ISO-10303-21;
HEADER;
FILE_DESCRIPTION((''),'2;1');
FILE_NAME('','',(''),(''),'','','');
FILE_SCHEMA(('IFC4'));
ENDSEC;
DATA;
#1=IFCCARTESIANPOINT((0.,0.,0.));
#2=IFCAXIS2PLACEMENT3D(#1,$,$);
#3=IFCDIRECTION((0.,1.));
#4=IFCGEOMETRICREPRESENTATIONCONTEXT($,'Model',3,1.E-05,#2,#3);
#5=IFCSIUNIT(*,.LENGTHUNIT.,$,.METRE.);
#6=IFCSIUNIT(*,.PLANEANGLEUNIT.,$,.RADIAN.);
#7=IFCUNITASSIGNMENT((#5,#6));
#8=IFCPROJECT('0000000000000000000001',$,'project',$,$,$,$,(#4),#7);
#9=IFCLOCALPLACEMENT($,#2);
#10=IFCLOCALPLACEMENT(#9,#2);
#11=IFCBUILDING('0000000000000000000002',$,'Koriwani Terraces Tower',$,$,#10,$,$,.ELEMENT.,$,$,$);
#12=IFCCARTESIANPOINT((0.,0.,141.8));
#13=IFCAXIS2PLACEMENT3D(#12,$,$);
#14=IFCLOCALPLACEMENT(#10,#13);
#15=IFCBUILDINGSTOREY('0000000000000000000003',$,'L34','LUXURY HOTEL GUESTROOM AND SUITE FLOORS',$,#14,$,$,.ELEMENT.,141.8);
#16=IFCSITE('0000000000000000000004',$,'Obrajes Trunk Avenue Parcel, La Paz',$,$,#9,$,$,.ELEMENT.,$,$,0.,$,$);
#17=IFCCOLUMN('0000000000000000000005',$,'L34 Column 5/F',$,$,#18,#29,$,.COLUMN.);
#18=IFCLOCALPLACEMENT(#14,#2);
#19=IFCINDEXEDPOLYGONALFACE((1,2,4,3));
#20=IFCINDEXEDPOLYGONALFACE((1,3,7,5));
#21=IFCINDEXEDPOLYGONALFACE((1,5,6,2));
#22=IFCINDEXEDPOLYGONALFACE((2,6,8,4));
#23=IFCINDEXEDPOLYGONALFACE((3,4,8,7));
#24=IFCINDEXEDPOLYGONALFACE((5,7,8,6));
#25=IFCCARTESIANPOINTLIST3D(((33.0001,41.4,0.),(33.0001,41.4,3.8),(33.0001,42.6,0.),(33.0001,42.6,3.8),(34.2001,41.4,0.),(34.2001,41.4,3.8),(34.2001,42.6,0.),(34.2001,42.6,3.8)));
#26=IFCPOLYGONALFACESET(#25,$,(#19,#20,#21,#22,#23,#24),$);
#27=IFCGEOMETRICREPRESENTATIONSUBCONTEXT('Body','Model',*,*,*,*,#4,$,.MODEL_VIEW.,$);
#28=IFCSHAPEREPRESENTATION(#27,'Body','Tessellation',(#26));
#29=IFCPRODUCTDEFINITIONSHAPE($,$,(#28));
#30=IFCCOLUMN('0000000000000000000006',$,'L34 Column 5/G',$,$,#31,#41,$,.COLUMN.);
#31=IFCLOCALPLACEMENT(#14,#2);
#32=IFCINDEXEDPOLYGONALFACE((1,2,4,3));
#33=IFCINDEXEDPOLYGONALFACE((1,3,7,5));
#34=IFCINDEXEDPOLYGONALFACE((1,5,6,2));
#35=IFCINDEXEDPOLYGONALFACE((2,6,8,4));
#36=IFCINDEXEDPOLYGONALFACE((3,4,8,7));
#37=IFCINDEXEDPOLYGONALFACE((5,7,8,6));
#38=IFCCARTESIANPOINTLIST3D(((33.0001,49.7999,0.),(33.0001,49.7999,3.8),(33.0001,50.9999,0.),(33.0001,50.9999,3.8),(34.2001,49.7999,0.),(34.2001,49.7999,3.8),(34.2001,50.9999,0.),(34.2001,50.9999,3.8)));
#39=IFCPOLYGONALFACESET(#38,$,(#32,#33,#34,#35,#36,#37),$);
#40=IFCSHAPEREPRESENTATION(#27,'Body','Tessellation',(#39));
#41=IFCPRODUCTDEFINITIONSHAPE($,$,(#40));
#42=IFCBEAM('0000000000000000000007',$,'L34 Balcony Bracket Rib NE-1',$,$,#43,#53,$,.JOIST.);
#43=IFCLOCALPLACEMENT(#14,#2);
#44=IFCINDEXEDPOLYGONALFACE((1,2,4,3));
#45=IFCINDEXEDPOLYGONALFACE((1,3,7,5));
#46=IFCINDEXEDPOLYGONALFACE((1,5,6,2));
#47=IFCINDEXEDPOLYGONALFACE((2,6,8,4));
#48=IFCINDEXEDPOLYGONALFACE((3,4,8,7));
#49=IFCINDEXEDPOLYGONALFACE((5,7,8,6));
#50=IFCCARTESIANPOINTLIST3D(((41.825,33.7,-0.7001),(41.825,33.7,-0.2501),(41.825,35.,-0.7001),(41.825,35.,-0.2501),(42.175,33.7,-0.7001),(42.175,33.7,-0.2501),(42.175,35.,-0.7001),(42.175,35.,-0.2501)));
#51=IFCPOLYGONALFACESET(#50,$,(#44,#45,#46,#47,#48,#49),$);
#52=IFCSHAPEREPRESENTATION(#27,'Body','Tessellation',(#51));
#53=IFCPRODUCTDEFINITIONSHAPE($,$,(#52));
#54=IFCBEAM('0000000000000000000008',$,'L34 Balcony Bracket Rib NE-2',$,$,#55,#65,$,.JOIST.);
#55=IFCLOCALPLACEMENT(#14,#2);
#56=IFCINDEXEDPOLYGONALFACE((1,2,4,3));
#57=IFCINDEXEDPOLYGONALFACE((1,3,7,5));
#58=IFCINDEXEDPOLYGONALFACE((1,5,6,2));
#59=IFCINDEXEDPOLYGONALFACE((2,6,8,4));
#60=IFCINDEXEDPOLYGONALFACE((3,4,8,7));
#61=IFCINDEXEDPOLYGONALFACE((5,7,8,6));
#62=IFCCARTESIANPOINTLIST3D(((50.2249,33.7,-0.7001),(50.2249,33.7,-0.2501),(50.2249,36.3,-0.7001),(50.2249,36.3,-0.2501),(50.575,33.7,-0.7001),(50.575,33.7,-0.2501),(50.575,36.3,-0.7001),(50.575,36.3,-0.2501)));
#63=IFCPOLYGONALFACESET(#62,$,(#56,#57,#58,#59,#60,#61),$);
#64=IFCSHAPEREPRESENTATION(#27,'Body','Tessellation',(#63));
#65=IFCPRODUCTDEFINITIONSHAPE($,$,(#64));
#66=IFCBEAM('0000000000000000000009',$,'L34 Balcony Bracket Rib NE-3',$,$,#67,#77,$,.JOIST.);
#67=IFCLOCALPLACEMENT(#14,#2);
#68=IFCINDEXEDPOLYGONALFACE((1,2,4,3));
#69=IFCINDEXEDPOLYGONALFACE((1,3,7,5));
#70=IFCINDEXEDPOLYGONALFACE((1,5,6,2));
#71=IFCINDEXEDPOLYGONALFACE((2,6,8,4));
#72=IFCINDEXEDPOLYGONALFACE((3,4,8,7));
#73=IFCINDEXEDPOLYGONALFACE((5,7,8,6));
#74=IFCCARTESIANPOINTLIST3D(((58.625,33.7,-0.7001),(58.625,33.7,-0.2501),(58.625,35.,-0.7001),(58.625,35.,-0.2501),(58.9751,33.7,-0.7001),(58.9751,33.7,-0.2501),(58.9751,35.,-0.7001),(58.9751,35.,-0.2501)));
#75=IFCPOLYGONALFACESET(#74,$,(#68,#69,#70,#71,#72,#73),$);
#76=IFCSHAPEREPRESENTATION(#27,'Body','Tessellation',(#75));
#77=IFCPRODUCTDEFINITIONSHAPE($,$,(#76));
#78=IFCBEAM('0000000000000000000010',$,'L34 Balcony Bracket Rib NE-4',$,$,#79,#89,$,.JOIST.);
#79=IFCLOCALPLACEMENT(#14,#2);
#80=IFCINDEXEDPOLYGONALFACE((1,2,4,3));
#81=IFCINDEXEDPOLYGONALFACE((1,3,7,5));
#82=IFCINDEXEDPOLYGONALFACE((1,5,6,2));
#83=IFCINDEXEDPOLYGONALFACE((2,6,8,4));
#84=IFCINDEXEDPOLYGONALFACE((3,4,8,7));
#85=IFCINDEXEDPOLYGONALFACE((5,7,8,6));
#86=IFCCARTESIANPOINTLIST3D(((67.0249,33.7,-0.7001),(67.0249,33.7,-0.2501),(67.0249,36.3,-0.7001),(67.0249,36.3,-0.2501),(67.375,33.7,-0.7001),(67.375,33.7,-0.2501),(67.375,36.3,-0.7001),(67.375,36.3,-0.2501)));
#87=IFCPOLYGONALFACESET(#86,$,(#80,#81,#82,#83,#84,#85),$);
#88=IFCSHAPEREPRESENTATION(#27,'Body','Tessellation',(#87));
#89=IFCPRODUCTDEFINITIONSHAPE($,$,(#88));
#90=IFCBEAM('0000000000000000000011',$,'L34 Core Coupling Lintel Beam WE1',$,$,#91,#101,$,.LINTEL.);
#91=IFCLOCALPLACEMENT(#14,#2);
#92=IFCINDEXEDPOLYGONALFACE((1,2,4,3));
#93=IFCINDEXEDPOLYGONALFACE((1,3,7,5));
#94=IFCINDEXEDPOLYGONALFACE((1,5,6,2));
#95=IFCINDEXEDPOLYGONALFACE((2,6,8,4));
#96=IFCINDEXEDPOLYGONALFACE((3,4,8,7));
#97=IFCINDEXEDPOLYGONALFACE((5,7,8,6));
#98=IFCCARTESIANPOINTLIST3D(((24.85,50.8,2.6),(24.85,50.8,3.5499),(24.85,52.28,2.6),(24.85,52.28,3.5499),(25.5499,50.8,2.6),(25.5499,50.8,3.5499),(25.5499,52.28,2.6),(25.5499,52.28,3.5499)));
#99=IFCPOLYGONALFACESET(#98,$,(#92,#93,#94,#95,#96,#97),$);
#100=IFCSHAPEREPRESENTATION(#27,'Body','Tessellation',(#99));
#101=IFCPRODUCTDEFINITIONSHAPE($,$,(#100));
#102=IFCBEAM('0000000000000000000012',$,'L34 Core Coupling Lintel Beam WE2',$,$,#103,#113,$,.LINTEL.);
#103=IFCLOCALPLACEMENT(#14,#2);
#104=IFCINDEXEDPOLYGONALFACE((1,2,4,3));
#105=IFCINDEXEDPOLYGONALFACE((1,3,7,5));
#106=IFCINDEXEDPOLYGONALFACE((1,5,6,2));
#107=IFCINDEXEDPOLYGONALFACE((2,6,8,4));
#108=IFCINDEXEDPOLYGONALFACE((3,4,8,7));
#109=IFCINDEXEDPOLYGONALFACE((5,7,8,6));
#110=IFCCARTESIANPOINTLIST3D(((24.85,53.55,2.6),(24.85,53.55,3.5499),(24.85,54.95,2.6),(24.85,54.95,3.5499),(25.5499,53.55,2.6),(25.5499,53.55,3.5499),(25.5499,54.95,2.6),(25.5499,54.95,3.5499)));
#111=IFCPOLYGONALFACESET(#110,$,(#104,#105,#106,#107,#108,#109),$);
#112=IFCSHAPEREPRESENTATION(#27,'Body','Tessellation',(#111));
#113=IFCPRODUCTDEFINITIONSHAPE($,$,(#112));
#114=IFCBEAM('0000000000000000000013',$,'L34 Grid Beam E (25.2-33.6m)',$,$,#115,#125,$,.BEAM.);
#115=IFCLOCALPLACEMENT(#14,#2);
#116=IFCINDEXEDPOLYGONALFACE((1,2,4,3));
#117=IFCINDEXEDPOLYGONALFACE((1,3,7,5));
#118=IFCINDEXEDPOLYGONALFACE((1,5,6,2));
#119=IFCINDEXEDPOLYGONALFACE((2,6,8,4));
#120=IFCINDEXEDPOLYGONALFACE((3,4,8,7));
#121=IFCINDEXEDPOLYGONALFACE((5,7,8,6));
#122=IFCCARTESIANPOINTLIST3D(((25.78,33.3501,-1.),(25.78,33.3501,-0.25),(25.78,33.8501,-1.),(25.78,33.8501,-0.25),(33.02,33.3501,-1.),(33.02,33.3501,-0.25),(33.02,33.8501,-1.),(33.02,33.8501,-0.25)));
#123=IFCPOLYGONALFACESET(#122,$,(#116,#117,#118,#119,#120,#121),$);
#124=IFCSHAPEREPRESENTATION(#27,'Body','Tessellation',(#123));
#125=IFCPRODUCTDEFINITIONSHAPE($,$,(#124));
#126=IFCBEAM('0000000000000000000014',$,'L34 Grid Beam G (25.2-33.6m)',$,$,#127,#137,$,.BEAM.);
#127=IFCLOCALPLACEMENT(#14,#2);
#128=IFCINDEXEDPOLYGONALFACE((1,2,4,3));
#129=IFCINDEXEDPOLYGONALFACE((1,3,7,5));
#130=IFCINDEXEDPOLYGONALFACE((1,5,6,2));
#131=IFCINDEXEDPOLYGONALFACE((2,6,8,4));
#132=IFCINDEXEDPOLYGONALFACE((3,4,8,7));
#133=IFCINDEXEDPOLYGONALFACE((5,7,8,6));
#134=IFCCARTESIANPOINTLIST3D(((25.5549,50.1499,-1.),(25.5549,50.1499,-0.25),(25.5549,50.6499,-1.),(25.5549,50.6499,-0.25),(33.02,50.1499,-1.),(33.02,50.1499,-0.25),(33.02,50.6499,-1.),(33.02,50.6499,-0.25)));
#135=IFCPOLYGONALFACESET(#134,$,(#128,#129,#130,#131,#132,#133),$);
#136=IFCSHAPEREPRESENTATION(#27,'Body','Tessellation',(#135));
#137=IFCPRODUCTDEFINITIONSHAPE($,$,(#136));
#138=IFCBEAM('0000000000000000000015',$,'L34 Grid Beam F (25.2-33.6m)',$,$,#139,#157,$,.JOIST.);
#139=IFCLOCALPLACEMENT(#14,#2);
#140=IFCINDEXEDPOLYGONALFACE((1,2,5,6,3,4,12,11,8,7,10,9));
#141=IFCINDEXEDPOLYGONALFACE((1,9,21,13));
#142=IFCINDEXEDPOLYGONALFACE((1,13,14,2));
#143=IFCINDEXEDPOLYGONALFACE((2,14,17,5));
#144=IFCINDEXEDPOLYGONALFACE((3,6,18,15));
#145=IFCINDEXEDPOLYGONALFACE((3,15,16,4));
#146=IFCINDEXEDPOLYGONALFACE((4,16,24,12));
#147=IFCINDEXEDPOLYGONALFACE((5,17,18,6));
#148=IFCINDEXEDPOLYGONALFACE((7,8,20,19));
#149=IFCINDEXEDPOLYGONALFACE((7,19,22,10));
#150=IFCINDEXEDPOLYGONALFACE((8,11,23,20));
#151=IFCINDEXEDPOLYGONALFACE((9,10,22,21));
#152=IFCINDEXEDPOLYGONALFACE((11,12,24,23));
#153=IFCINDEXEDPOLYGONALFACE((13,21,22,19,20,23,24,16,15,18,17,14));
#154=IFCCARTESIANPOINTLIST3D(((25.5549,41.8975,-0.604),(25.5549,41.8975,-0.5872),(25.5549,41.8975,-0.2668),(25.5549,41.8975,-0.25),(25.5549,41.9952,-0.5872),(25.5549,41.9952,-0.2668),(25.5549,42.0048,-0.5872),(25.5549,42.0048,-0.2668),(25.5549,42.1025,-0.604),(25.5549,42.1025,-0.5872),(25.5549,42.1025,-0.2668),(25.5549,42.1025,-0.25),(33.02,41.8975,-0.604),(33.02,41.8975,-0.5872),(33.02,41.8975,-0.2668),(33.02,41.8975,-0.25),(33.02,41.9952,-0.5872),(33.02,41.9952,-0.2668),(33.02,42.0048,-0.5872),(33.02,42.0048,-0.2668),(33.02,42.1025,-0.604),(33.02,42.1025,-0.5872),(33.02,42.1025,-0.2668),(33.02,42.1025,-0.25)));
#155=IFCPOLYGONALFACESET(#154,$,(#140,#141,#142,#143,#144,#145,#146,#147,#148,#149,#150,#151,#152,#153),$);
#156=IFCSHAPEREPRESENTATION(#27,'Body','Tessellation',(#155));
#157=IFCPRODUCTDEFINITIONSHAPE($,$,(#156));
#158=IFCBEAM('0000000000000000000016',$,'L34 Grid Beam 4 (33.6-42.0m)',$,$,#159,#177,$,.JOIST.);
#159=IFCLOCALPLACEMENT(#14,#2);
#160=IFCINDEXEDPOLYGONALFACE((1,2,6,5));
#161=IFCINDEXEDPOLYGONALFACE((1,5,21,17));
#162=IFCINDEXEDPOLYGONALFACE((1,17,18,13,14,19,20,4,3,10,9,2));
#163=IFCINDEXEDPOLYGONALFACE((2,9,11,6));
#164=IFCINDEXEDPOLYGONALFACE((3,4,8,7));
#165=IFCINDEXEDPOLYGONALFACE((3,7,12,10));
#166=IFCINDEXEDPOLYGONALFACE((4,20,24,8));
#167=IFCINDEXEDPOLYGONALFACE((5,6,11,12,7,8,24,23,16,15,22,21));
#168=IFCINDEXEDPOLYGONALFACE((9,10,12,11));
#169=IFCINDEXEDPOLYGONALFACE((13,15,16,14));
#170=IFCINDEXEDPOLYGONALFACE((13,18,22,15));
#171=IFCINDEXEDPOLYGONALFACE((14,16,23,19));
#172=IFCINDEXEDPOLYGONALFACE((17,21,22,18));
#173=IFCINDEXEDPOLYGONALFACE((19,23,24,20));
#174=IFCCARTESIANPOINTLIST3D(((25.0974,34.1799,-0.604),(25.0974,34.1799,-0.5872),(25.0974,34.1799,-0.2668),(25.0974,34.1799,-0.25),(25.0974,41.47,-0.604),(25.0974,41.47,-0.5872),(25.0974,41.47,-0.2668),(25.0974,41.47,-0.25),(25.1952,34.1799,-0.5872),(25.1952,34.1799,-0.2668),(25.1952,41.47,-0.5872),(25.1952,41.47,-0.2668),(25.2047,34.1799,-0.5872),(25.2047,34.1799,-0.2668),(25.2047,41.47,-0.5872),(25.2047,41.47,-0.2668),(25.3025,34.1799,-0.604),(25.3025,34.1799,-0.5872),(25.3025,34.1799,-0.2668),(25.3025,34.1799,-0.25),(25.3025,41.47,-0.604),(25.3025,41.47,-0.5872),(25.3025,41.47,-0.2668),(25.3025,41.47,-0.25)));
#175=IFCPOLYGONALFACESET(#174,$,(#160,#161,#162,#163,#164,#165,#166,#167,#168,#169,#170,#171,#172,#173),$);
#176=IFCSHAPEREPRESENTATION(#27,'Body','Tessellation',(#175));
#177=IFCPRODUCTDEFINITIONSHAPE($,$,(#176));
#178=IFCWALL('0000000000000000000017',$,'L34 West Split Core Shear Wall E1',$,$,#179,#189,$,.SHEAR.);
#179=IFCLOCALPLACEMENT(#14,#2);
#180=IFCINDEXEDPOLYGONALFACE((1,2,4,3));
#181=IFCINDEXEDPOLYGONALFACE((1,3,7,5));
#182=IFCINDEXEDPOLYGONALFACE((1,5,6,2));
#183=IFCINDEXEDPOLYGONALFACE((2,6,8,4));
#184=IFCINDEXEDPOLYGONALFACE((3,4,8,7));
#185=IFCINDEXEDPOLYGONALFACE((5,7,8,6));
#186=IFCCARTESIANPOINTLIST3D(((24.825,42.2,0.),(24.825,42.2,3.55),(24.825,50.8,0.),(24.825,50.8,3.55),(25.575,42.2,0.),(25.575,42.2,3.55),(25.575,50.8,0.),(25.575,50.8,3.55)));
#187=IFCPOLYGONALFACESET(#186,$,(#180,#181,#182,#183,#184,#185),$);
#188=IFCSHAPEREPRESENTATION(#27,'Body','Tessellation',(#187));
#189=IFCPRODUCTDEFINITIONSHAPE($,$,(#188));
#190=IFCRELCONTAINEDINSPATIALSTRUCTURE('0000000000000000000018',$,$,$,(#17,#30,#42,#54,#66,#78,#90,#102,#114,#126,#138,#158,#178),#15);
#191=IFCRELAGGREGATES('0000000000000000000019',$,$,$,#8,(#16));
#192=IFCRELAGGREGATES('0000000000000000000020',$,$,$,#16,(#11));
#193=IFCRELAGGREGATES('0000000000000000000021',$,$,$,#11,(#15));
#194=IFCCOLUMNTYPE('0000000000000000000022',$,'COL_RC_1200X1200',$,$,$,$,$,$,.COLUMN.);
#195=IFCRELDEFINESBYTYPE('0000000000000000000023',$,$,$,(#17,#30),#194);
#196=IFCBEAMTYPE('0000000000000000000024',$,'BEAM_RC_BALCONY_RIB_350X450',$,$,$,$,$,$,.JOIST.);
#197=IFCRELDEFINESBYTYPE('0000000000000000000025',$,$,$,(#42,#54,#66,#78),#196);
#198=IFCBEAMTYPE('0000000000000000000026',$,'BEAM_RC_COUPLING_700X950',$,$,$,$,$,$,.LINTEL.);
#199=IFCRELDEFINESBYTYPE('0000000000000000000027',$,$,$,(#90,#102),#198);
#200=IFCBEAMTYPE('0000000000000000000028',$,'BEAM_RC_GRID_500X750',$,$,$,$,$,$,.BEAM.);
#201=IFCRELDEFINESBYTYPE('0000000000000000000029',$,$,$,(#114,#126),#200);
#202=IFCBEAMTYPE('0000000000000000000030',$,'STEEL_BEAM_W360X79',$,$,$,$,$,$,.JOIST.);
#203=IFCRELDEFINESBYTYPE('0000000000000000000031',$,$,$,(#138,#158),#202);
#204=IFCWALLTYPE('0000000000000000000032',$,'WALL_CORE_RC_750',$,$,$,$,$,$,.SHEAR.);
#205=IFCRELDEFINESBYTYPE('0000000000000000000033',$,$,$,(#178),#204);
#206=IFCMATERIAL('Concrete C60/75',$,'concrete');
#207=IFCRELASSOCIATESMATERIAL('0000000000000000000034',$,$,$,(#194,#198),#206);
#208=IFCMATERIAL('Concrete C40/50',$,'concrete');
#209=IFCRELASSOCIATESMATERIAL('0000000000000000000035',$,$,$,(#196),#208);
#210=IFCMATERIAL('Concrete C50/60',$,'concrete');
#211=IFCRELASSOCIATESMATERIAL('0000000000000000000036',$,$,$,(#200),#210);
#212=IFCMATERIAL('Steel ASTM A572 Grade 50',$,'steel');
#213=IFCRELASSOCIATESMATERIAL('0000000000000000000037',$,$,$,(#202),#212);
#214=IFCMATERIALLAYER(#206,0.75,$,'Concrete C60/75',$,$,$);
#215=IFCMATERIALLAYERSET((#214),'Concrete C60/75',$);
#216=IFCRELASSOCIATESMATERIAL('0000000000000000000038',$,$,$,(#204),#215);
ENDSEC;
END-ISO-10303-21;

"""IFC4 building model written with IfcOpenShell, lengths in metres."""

from ifc_helpers import new_model, si_unit, direction, frame, frame_2d, origin, origin_2d, place, context, subcontext, project, spatial, rectangle, i_section, extrude, material, layer, layer_set, material_profile, profile_set, type_object, element, save


model = new_model("IFC4")

# Units and contexts
model_context = context("Model", 3, precision=1e-05, world=origin(), true_north=direction((0.0, 1.0)))
body_context = subcontext(model_context, "Body", "Model", "MODEL_VIEW")
ifc_project = project(units=[si_unit("LENGTHUNIT", "METRE"), si_unit("PLANEANGLEUNIT", "RADIAN")], contexts=[model_context])

# Site, building, storey
site_placement = place(None, origin())
site = spatial("IfcSite", under=ifc_project, at=site_placement, Name="Obrajes Trunk Avenue Parcel, La Paz", CompositionType="ELEMENT", RefElevation=0.0)
building_placement = place(site_placement, origin())
building = spatial("IfcBuilding", under=site, at=building_placement, Name="Koriwani Terraces Tower", CompositionType="ELEMENT")
storey_placement = place(building_placement, frame((0.0, 0.0, 141.8)))
storey = spatial("IfcBuildingStorey", under=building, at=storey_placement, Name="L34", Description="LUXURY HOTEL GUESTROOM AND SUITE FLOORS", CompositionType="ELEMENT", Elevation=141.8)

# Columns
ifc_material_1 = material(Name="Concrete C60/75", Category="concrete")
ifc_material_profile_1 = material_profile(ifc_material_1, rectangle(XDim=1.2, YDim=1.2, at=origin_2d()), Name="Concrete C60/75", Category="LoadBearing")
ifc_profile_set_1 = profile_set([ifc_material_profile_1], Name="Concrete C60/75")
column_type = type_object("IfcColumnType", Name="COL_RC_1200X1200", PredefinedType="COLUMN", material=ifc_profile_set_1)
for number, where, z_axis, x_axis, name in (
    (1, (33.6001, 42.0, 0.0), (0.0, 0.0, 1.0), (1.0, 0.0, 0.0), "L34 Column 5/F"),
    (2, (33.6001, 50.3999, 0.0), (0.0, 0.0, 1.0), (1.0, 0.0, 0.0), "L34 Column 5/G"),
):
    element("IfcColumn", number, at=place(storey_placement, frame(where, z_axis=z_axis, x_axis=x_axis)), inside=storey, type_object=column_type, Name=name, PredefinedType="COLUMN", context=body_context, shape_type="SweptSolid", body=[
        extrude(rectangle(XDim=1.2, YDim=1.2, at=origin_2d()), origin(), (0.0, 0.0, 1.0), 3.8),
    ])

# Beams
ifc_material_2 = material(Name="Concrete C40/50", Category="concrete")
ifc_material_profile_2 = material_profile(ifc_material_2, rectangle(XDim=0.3501, YDim=0.45, at=origin_2d()), Name="Concrete C40/50", Category="LoadBearing")
ifc_profile_set_2 = profile_set([ifc_material_profile_2], Name="Concrete C40/50")
beam_type_1 = type_object("IfcBeamType", Name="BEAM_RC_BALCONY_RIB_350X450", PredefinedType="JOIST", material=ifc_profile_set_2)
beam_1_placement = place(storey_placement, frame((42.0, 33.7, -0.4751), z_axis=(0.0, 1.0, 0.0), x_axis=(-1.0, 0.0, 0.0)))
element("IfcBeam", 3, at=beam_1_placement, inside=storey, type_object=beam_type_1, Name="L34 Balcony Bracket Rib NE-1", PredefinedType="JOIST", context=body_context, shape_type="SweptSolid", body=[
    extrude(rectangle(XDim=0.3501, YDim=0.45, at=origin_2d()), origin(), (0.0, 0.0, 1.0), 1.3),
])
beam_2_placement = place(storey_placement, frame((50.3999, 33.7, -0.4751), z_axis=(0.0, 1.0, 0.0), x_axis=(-1.0, 0.0, 0.0)))
element("IfcBeam", 4, at=beam_2_placement, inside=storey, type_object=beam_type_1, Name="L34 Balcony Bracket Rib NE-2", PredefinedType="JOIST", context=body_context, shape_type="SweptSolid", body=[
    extrude(rectangle(XDim=0.3501, YDim=0.45, at=origin_2d()), origin(), (0.0, 0.0, 1.0), 2.6001),
])
beam_3_placement = place(storey_placement, frame((58.8, 33.7, -0.4751), z_axis=(0.0, 1.0, 0.0), x_axis=(-1.0, 0.0, 0.0)))
element("IfcBeam", 5, at=beam_3_placement, inside=storey, type_object=beam_type_1, Name="L34 Balcony Bracket Rib NE-3", PredefinedType="JOIST", context=body_context, shape_type="SweptSolid", body=[
    extrude(rectangle(XDim=0.3501, YDim=0.45, at=origin_2d()), origin(), (0.0, 0.0, 1.0), 1.3),
])
beam_4_placement = place(storey_placement, frame((67.2, 33.7, -0.4751), z_axis=(0.0, 1.0, 0.0), x_axis=(-1.0, 0.0, 0.0)))
element("IfcBeam", 6, at=beam_4_placement, inside=storey, type_object=beam_type_1, Name="L34 Balcony Bracket Rib NE-4", PredefinedType="JOIST", context=body_context, shape_type="SweptSolid", body=[
    extrude(rectangle(XDim=0.3501, YDim=0.45, at=origin_2d()), origin(), (0.0, 0.0, 1.0), 2.6001),
])
ifc_material_profile_3 = material_profile(ifc_material_1, rectangle(XDim=0.7, YDim=0.95, at=origin_2d()), Name="Concrete C60/75", Category="LoadBearing")
ifc_profile_set_3 = profile_set([ifc_material_profile_3], Name="Concrete C60/75")
beam_type_2 = type_object("IfcBeamType", Name="BEAM_RC_COUPLING_700X950", PredefinedType="LINTEL", material=ifc_profile_set_3)
beam_5_placement = place(storey_placement, frame((25.2, 50.8, 3.075), z_axis=(0.0, 1.0, 0.0), x_axis=(-1.0, 0.0, 0.0)))
element("IfcBeam", 7, at=beam_5_placement, inside=storey, type_object=beam_type_2, Name="L34 Core Coupling Lintel Beam WE1", PredefinedType="LINTEL", context=body_context, shape_type="SweptSolid", body=[
    extrude(rectangle(XDim=0.7, YDim=0.95, at=origin_2d()), origin(), (0.0, 0.0, 1.0), 1.48),
])
beam_6_placement = place(storey_placement, frame((25.2, 53.55, 3.075), z_axis=(0.0, 1.0, 0.0), x_axis=(-1.0, 0.0, 0.0)))
element("IfcBeam", 8, at=beam_6_placement, inside=storey, type_object=beam_type_2, Name="L34 Core Coupling Lintel Beam WE2", PredefinedType="LINTEL", context=body_context, shape_type="SweptSolid", body=[
    extrude(rectangle(XDim=0.7, YDim=0.95, at=origin_2d()), origin(), (0.0, 0.0, 1.0), 1.3999),
])
ifc_material_3 = material(Name="Concrete C50/60", Category="concrete")
ifc_material_profile_4 = material_profile(ifc_material_3, rectangle(XDim=0.5, YDim=0.75, at=origin_2d()), Name="Concrete C50/60", Category="LoadBearing")
ifc_profile_set_4 = profile_set([ifc_material_profile_4], Name="Concrete C50/60")
beam_type_3 = type_object("IfcBeamType", Name="BEAM_RC_GRID_500X750", PredefinedType="BEAM", material=ifc_profile_set_4)
beam_7_placement = place(storey_placement, frame((25.78, 33.6001, -0.625), z_axis=(1.0, 0.0, 0.0), x_axis=(0.0, 1.0, 0.0)))
element("IfcBeam", 9, at=beam_7_placement, inside=storey, type_object=beam_type_3, Name="L34 Grid Beam E (25.2-33.6m)", PredefinedType="BEAM", context=body_context, shape_type="SweptSolid", body=[
    extrude(rectangle(XDim=0.5, YDim=0.75, at=origin_2d()), origin(), (0.0, 0.0, 1.0), 7.24),
])
beam_8_placement = place(storey_placement, frame((25.5549, 50.3999, -0.625), z_axis=(1.0, 0.0, 0.0), x_axis=(0.0, 1.0, 0.0)))
element("IfcBeam", 10, at=beam_8_placement, inside=storey, type_object=beam_type_3, Name="L34 Grid Beam G (25.2-33.6m)", PredefinedType="BEAM", context=body_context, shape_type="SweptSolid", body=[
    extrude(rectangle(XDim=0.5, YDim=0.75, at=origin_2d()), origin(), (0.0, 0.0, 1.0), 7.4651),
])
ifc_material_4 = material(Name="Steel ASTM A572 Grade 50", Category="steel")
ifc_material_profile_5 = material_profile(ifc_material_4, i_section(OverallWidth=0.2051, OverallDepth=0.354, WebThickness=0.0095, FlangeThickness=0.0168, at=origin_2d()), Name="Steel ASTM A572 Grade 50", Category="LoadBearing")
ifc_profile_set_5 = profile_set([ifc_material_profile_5], Name="Steel ASTM A572 Grade 50")
beam_type_4 = type_object("IfcBeamType", Name="STEEL_BEAM_W360X79", PredefinedType="JOIST", material=ifc_profile_set_5)
beam_9_placement = place(storey_placement, frame((25.5549, 42.0, -0.427), z_axis=(1.0, 0.0, 0.0), x_axis=(0.0, 1.0, 0.0)))
element("IfcBeam", 11, at=beam_9_placement, inside=storey, type_object=beam_type_4, Name="L34 Grid Beam F (25.2-33.6m)", PredefinedType="JOIST", context=body_context, shape_type="SweptSolid", body=[
    extrude(i_section(OverallWidth=0.2051, OverallDepth=0.354, WebThickness=0.0095, FlangeThickness=0.0168, at=origin_2d()), origin(), (0.0, 0.0, 1.0), 7.4651),
])
beam_10_placement = place(storey_placement, frame((25.2, 34.1799, -0.427), z_axis=(0.0, 1.0, 0.0), x_axis=(-1.0, 0.0, 0.0)))
element("IfcBeam", 12, at=beam_10_placement, inside=storey, type_object=beam_type_4, Name="L34 Grid Beam 4 (33.6-42.0m)", PredefinedType="JOIST", context=body_context, shape_type="SweptSolid", body=[
    extrude(i_section(OverallWidth=0.2051, OverallDepth=0.354, WebThickness=0.0095, FlangeThickness=0.0168, at=origin_2d()), origin(), (0.0, 0.0, 1.0), 7.29),
])

# Wall
ifc_layer_1 = layer(ifc_material_1, 0.75, Name="Concrete C60/75")
ifc_layer_set_1 = layer_set([ifc_layer_1], Name="Concrete C60/75")
wall_type_1 = type_object("IfcWallType", Name="WALL_CORE_RC_750", PredefinedType="SHEAR", material=ifc_layer_set_1)
wall_1_placement = place(storey_placement, frame((25.2, 42.2, 0.0), z_axis=(0.0, 0.0, 1.0), x_axis=(0.0, 1.0, 0.0)))
element("IfcWall", 13, at=wall_1_placement, inside=storey, type_object=wall_type_1, Name="L34 West Split Core Shear Wall E1", PredefinedType="SHEAR", context=body_context, shape_type="SweptSolid", body=[
    extrude(rectangle(XDim=8.6001, YDim=0.75, at=frame_2d((4.3, 0.0))), origin(), (0.0, 0.0, 1.0), 3.55),
])

save(model, "model.ifc")
